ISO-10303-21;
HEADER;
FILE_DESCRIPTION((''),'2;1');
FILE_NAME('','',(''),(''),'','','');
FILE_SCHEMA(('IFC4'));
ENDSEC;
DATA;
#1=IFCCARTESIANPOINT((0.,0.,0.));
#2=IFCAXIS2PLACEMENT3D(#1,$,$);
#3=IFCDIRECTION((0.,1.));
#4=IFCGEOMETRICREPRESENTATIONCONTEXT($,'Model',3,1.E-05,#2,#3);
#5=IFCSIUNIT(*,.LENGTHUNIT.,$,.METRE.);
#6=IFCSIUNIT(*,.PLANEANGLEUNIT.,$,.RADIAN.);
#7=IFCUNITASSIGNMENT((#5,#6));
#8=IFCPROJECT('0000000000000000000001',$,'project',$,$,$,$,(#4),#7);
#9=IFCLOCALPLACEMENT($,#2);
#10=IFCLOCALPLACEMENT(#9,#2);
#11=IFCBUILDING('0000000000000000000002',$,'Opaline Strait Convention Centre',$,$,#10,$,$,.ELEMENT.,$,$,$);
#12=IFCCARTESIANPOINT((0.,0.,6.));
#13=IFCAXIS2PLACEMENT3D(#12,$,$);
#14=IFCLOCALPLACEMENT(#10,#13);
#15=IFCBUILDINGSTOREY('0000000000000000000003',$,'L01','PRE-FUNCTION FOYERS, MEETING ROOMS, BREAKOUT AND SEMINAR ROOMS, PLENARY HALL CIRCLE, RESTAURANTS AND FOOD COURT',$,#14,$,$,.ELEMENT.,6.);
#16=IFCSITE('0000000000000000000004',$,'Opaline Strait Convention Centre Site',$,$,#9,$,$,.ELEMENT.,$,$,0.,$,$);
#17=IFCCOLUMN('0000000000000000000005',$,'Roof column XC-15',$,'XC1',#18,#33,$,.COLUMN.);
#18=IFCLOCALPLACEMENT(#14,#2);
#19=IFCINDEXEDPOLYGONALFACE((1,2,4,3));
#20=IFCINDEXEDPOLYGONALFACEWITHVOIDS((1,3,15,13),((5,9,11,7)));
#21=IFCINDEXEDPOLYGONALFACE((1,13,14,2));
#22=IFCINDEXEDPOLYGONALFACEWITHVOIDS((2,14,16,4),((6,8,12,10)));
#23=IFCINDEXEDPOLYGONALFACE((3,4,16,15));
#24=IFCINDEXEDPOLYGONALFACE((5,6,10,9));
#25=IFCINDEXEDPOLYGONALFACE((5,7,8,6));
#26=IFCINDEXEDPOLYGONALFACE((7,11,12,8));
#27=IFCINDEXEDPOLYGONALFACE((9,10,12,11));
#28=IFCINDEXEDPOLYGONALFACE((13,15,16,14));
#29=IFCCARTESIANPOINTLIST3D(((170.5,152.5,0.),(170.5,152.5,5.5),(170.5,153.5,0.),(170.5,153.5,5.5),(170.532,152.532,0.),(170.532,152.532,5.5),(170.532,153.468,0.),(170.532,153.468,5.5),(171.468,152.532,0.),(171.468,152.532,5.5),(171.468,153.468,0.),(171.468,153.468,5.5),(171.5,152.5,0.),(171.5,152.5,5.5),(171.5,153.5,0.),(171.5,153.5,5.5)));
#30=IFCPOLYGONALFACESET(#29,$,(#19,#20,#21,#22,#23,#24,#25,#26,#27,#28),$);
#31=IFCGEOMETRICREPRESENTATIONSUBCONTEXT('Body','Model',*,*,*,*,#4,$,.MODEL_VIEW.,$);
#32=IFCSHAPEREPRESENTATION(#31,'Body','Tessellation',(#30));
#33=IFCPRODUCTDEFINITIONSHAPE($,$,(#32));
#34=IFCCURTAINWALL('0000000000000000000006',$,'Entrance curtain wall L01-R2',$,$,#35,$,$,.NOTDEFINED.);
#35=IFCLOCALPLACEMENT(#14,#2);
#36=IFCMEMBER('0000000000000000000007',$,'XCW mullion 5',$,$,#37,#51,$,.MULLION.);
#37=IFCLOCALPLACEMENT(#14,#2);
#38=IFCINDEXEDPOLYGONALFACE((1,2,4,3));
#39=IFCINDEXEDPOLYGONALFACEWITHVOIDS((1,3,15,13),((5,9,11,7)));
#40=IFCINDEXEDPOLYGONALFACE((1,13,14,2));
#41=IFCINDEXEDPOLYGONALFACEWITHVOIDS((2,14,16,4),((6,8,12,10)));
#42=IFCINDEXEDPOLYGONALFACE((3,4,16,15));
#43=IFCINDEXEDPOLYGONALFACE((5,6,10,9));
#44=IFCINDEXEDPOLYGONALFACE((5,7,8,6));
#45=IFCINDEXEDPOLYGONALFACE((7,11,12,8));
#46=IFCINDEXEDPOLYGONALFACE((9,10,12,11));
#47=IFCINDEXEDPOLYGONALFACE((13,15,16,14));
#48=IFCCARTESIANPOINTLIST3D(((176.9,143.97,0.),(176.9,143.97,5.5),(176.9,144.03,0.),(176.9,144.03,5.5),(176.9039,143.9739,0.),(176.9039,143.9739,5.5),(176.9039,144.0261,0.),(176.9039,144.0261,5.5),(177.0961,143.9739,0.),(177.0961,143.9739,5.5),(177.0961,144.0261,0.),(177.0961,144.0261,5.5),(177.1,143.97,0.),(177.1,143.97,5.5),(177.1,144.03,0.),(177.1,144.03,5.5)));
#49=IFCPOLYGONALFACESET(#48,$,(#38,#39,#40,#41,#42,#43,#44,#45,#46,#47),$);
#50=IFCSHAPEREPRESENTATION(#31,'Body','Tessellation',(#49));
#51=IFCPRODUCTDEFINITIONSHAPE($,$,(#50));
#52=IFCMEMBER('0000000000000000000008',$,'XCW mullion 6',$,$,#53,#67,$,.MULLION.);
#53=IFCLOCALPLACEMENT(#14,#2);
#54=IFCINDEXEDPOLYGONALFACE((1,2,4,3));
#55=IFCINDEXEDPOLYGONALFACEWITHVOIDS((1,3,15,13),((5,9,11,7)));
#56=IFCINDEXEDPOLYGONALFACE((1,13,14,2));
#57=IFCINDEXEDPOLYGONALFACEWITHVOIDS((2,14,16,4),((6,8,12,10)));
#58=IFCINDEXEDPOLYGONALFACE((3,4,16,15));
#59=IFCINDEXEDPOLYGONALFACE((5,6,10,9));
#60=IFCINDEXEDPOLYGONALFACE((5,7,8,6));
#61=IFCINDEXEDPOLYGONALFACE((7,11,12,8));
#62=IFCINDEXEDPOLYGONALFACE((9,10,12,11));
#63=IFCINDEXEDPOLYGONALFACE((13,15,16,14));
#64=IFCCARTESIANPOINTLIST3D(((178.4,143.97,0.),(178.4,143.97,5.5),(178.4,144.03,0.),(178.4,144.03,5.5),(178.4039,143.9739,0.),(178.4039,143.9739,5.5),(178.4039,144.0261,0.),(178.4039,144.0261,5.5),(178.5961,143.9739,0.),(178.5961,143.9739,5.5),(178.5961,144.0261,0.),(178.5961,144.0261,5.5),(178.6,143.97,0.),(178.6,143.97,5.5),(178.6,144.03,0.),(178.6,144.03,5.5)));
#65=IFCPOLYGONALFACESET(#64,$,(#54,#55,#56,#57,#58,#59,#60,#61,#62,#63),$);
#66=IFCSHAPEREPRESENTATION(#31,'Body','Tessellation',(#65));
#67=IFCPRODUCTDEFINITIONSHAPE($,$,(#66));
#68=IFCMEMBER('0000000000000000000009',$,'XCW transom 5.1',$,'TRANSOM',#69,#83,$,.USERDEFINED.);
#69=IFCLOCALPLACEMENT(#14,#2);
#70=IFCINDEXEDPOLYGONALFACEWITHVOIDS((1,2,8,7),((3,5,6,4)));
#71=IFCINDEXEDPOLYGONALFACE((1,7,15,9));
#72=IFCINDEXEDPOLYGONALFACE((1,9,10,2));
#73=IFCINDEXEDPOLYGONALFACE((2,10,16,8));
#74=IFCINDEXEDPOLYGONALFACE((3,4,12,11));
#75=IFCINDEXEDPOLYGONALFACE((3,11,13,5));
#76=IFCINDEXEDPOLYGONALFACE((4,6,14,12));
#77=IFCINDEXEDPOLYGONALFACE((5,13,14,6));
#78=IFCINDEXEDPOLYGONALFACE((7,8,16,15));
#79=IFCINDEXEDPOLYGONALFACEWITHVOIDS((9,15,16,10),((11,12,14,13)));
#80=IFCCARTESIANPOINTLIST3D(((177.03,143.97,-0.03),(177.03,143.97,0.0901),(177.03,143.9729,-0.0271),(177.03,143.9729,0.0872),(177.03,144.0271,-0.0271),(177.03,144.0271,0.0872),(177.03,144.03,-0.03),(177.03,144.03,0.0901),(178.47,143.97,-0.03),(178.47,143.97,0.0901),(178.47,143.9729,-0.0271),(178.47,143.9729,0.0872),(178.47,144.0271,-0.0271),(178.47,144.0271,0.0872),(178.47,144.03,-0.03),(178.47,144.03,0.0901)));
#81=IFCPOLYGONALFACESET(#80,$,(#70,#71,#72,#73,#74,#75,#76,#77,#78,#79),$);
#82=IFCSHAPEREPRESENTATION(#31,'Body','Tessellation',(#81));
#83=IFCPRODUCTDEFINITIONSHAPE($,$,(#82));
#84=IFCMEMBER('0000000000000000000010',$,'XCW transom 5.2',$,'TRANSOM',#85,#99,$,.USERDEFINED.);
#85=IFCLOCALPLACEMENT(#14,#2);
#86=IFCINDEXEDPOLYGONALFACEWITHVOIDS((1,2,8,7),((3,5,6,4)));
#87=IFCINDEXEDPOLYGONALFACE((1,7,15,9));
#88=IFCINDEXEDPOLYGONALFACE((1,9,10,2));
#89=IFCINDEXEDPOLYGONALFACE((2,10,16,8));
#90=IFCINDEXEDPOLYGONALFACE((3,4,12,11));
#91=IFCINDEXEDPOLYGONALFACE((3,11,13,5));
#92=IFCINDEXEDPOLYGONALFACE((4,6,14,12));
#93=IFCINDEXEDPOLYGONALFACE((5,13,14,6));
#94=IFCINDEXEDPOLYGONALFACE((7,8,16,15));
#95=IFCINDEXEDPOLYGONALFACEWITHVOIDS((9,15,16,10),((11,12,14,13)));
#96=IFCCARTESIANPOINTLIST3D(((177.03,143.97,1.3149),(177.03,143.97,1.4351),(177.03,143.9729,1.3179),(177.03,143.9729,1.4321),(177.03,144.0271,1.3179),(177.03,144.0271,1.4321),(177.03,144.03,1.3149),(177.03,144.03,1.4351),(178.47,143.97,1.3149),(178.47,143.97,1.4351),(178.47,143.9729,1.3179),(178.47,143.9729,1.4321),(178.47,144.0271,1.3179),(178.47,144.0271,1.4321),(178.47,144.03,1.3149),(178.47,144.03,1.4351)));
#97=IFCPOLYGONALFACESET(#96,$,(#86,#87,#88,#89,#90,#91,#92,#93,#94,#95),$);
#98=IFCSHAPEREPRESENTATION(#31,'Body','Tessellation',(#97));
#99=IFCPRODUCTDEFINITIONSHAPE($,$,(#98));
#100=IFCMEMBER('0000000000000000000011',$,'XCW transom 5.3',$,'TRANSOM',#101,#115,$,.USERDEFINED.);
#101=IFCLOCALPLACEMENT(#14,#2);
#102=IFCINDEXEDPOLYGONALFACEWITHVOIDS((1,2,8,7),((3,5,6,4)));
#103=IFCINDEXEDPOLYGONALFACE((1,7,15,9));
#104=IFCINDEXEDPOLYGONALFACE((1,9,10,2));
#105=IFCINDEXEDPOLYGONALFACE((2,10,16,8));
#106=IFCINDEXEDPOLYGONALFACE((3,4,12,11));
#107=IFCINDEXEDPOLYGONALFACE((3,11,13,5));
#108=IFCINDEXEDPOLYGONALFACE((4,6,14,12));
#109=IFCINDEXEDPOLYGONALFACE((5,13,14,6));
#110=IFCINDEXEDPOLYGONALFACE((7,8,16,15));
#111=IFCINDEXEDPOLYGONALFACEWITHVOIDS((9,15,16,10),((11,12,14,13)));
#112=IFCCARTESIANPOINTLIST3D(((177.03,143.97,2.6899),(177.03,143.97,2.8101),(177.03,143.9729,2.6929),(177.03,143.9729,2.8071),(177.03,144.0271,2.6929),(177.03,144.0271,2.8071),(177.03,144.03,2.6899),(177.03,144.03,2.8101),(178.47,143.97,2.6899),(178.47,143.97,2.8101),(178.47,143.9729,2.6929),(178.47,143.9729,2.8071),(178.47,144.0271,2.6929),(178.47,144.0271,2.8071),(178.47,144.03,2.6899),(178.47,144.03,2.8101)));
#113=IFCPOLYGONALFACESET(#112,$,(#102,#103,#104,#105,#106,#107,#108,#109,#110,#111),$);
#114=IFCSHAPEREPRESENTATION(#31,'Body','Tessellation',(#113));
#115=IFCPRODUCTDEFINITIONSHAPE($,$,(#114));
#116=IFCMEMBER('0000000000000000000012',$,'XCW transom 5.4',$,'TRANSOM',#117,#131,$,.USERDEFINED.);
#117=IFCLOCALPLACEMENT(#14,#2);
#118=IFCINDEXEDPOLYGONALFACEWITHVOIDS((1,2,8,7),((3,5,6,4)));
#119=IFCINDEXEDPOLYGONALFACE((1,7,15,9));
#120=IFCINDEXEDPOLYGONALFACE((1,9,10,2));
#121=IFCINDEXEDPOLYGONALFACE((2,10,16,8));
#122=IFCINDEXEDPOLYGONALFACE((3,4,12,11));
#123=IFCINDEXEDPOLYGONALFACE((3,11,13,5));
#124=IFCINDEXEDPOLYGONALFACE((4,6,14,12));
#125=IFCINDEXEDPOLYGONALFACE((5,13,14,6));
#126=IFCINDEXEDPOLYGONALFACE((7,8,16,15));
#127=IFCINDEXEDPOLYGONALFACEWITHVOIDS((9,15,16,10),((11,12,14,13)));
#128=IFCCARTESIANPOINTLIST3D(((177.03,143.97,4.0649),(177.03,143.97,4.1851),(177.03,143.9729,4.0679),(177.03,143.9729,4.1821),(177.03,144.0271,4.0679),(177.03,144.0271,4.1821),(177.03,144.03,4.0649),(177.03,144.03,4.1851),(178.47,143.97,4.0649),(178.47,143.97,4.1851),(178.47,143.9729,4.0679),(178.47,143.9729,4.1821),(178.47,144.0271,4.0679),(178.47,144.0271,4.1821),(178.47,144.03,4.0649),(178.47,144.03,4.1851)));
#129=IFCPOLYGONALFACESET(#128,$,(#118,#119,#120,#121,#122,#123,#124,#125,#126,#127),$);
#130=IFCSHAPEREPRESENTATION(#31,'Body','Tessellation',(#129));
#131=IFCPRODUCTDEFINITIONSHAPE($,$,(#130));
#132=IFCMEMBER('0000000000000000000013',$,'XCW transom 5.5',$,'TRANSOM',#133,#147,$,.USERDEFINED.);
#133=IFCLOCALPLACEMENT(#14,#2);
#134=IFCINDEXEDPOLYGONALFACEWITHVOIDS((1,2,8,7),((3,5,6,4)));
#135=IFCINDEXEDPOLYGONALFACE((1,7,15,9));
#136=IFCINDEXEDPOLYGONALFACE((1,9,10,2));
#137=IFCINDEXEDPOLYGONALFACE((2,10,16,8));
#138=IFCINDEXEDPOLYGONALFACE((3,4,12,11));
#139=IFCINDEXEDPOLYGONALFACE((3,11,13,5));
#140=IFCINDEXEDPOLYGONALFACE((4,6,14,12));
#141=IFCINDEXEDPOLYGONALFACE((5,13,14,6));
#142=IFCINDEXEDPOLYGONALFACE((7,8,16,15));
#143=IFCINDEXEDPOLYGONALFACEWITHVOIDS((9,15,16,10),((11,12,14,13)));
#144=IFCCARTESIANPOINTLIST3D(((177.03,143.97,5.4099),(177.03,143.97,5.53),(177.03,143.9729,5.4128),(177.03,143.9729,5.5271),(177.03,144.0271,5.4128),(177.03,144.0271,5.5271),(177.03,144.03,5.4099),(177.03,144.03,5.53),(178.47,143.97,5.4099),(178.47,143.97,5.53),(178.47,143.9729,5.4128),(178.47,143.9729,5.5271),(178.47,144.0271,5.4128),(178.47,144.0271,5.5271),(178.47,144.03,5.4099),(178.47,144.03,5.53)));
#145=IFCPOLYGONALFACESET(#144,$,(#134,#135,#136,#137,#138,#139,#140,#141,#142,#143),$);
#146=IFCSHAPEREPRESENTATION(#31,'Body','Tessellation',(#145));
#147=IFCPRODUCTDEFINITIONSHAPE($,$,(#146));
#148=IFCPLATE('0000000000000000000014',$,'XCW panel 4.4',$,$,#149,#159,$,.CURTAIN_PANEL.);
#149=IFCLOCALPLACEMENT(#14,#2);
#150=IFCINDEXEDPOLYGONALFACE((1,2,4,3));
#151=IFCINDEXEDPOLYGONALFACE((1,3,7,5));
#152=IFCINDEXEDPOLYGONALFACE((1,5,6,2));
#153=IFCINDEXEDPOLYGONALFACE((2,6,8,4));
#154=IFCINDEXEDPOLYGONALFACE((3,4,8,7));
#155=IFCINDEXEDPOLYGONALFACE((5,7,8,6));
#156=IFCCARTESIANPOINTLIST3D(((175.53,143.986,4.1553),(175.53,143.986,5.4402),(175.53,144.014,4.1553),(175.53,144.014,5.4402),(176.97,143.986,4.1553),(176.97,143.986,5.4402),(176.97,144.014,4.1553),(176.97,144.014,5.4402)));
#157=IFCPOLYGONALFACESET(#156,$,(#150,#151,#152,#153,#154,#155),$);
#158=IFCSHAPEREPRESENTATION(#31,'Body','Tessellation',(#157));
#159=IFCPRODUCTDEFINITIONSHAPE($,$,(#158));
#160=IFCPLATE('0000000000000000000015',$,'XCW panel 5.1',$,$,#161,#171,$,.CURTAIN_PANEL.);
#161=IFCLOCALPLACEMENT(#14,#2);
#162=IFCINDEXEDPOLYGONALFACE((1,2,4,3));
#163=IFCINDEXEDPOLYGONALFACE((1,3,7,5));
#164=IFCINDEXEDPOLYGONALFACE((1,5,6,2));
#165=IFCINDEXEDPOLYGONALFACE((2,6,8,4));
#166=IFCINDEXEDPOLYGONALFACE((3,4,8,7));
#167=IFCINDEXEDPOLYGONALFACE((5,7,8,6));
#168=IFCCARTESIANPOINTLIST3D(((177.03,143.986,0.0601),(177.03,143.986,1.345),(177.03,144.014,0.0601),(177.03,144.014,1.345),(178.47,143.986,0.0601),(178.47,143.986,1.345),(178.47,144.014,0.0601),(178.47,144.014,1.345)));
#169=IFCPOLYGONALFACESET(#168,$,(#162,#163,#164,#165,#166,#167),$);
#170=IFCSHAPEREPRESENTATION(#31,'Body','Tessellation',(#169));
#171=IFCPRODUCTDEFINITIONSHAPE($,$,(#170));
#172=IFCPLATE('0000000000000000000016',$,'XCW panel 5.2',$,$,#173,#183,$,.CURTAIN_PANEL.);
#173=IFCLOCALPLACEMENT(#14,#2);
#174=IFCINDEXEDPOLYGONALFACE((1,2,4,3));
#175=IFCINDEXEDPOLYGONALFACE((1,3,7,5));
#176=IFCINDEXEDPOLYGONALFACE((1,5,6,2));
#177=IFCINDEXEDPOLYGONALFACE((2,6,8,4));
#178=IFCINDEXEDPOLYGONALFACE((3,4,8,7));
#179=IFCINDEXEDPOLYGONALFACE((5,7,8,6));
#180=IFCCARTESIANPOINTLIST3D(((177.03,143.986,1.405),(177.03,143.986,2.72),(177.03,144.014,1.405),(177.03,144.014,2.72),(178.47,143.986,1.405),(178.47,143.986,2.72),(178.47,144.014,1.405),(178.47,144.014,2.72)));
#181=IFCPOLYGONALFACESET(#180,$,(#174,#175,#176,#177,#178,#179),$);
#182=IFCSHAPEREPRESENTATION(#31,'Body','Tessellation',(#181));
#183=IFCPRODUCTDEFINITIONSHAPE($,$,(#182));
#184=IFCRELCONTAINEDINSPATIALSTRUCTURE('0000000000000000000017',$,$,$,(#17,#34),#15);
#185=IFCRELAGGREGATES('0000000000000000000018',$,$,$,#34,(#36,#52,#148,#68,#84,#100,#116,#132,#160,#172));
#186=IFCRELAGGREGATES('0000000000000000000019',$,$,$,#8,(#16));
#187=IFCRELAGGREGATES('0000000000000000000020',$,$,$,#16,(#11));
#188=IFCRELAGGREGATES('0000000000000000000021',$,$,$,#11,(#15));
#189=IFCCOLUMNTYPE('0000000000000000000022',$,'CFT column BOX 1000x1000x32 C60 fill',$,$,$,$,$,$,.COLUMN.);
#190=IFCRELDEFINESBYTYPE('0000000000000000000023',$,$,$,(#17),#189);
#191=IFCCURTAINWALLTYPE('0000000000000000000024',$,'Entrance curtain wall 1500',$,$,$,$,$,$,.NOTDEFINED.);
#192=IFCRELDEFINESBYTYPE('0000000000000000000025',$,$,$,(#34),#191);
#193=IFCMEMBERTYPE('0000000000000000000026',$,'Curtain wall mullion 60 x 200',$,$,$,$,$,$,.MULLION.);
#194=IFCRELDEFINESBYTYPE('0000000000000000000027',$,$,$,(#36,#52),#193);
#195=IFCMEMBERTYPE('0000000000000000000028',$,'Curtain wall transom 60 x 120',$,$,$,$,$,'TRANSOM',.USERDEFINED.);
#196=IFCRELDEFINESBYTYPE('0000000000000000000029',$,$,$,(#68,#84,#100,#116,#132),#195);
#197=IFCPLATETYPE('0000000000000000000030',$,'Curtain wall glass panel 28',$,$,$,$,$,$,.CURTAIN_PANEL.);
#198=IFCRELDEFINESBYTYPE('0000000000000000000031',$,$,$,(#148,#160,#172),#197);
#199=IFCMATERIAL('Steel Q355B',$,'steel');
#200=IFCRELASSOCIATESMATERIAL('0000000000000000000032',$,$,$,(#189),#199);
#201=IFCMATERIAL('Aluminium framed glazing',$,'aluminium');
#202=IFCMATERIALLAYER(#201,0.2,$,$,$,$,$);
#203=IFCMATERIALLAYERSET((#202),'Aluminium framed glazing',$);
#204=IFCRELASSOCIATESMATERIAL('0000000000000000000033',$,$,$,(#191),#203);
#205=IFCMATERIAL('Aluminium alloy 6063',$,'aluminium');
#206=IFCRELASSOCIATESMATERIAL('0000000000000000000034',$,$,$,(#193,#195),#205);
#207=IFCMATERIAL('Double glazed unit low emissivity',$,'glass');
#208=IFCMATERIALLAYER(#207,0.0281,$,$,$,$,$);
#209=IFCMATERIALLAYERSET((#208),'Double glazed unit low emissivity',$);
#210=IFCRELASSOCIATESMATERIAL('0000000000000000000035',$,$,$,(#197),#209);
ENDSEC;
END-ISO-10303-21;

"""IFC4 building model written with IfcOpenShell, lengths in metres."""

from ifc_helpers import new_model, si_unit, direction, frame, origin, origin_2d, place, context, subcontext, project, spatial, rectangle, hollow_rectangle, extrude, material, layer, layer_set, material_profile, profile_set, type_object, element, aggregate, save


model = new_model("IFC4")

# Units and contexts
model_context = context("Model", 3, precision=1e-05, world=origin(), true_north=direction((0.0, 1.0)))
body_context = subcontext(model_context, "Body", "Model", "MODEL_VIEW")
ifc_project = project(units=[si_unit("LENGTHUNIT", "METRE"), si_unit("PLANEANGLEUNIT", "RADIAN")], contexts=[model_context])

# Site, building, storey
site_placement = place(None, origin())
site = spatial("IfcSite", under=ifc_project, at=site_placement, Name="Opaline Strait Convention Centre Site", CompositionType="ELEMENT", RefElevation=0.0)
building_placement = place(site_placement, origin())
building = spatial("IfcBuilding", under=site, at=building_placement, Name="Opaline Strait Convention Centre", CompositionType="ELEMENT")
storey_placement = place(building_placement, frame((0.0, 0.0, 6.0)))
storey = spatial("IfcBuildingStorey", under=building, at=storey_placement, Name="L01", Description="PRE-FUNCTION FOYERS, MEETING ROOMS, BREAKOUT AND SEMINAR ROOMS, PLENARY HALL CIRCLE, RESTAURANTS AND FOOD COURT", CompositionType="ELEMENT", Elevation=6.0)

# Column
ifc_material_1 = material(Name="Steel Q355B", Category="steel")
ifc_material_profile_1 = material_profile(ifc_material_1, hollow_rectangle(XDim=1.0, YDim=1.0, WallThickness=0.032, at=origin_2d()), Name="BOX 1000x1000x32")
ifc_profile_set_1 = profile_set([ifc_material_profile_1], Name="Steel Q355B")
column_type = type_object("IfcColumnType", Name="CFT column BOX 1000x1000x32 C60 fill", PredefinedType="COLUMN", material=ifc_profile_set_1)
column_placement = place(storey_placement, frame((171.0, 153.0, 0.0), z_axis=(0.0, 0.0, 1.0), x_axis=(1.0, 0.0, 0.0)))
element("IfcColumn", 1, at=column_placement, inside=storey, type_object=column_type, Name="Roof column XC-15", ObjectType="XC1", PredefinedType="COLUMN", context=body_context, shape_type="SweptSolid", body=[
    extrude(hollow_rectangle(XDim=1.0, YDim=1.0, WallThickness=0.032, at=origin_2d()), origin(), (0.0, 0.0, 1.0), 5.5),
])

# Curtain wall, members, plates
ifc_material_2 = material(Name="Aluminium framed glazing", Category="aluminium")
ifc_layer_1 = layer(ifc_material_2, 0.2)
ifc_layer_set_1 = layer_set([ifc_layer_1], Name="Aluminium framed glazing")
curtain_wall_type = type_object("IfcCurtainWallType", Name="Entrance curtain wall 1500", PredefinedType="NOTDEFINED", material=ifc_layer_set_1)
curtain_wall_placement = place(storey_placement, origin())
curtain_wall = element("IfcCurtainWall", 2, at=curtain_wall_placement, inside=storey, type_object=curtain_wall_type, Name="Entrance curtain wall L01-R2", PredefinedType="NOTDEFINED")
ifc_material_3 = material(Name="Aluminium alloy 6063", Category="aluminium")
ifc_material_profile_2 = material_profile(ifc_material_3, hollow_rectangle(XDim=0.0601, YDim=0.2, WallThickness=0.0039, at=origin_2d()), Name="MULLION 60x200x4")
ifc_profile_set_2 = profile_set([ifc_material_profile_2], Name="Aluminium alloy 6063")
member_type_1 = type_object("IfcMemberType", Name="Curtain wall mullion 60 x 200", PredefinedType="MULLION", material=ifc_profile_set_2)
member_1_placement = place(storey_placement, frame((177.0, 144.0, 0.0), z_axis=(0.0, 0.0, 1.0), x_axis=(0.0, 1.0, 0.0)))
member_1 = element("IfcMember", 3, at=member_1_placement, type_object=member_type_1, Name="XCW mullion 5", PredefinedType="MULLION", context=body_context, shape_type="SweptSolid", body=[
    extrude(hollow_rectangle(XDim=0.0601, YDim=0.2, WallThickness=0.0039, at=origin_2d()), origin(), (0.0, 0.0, 1.0), 5.5),
])
member_2_placement = place(storey_placement, frame((178.5, 144.0, 0.0), z_axis=(0.0, 0.0, 1.0), x_axis=(0.0, 1.0, 0.0)))
member_2 = element("IfcMember", 4, at=member_2_placement, type_object=member_type_1, Name="XCW mullion 6", PredefinedType="MULLION", context=body_context, shape_type="SweptSolid", body=[
    extrude(hollow_rectangle(XDim=0.0601, YDim=0.2, WallThickness=0.0039, at=origin_2d()), origin(), (0.0, 0.0, 1.0), 5.5),
])
ifc_material_profile_3 = material_profile(ifc_material_3, hollow_rectangle(XDim=0.0601, YDim=0.1201, WallThickness=0.0029, at=origin_2d()), Name="TRANSOM 60x120x3")
ifc_profile_set_3 = profile_set([ifc_material_profile_3], Name="Aluminium alloy 6063")
member_type_2 = type_object("IfcMemberType", Name="Curtain wall transom 60 x 120", ElementType="TRANSOM", PredefinedType="USERDEFINED", material=ifc_profile_set_3)
member_3_placement = place(storey_placement, frame((177.03, 144.0, 0.03), z_axis=(1.0, 0.0, 0.0), x_axis=(0.0, 1.0, 0.0)))
member_3 = element("IfcMember", 5, at=member_3_placement, type_object=member_type_2, Name="XCW transom 5.1", ObjectType="TRANSOM", PredefinedType="USERDEFINED", context=body_context, shape_type="SweptSolid", body=[
    extrude(hollow_rectangle(XDim=0.0601, YDim=0.1201, WallThickness=0.0029, at=origin_2d()), origin(), (0.0, 0.0, 1.0), 1.4399),
])
member_4_placement = place(storey_placement, frame((177.03, 144.0, 1.375), z_axis=(1.0, 0.0, 0.0), x_axis=(0.0, 1.0, 0.0)))
member_4 = element("IfcMember", 6, at=member_4_placement, type_object=member_type_2, Name="XCW transom 5.2", ObjectType="TRANSOM", PredefinedType="USERDEFINED", context=body_context, shape_type="SweptSolid", body=[
    extrude(hollow_rectangle(XDim=0.0601, YDim=0.1201, WallThickness=0.0029, at=origin_2d()), origin(), (0.0, 0.0, 1.0), 1.4399),
])
member_5_placement = place(storey_placement, frame((177.03, 144.0, 2.75), z_axis=(1.0, 0.0, 0.0), x_axis=(0.0, 1.0, 0.0)))
member_5 = element("IfcMember", 7, at=member_5_placement, type_object=member_type_2, Name="XCW transom 5.3", ObjectType="TRANSOM", PredefinedType="USERDEFINED", context=body_context, shape_type="SweptSolid", body=[
    extrude(hollow_rectangle(XDim=0.0601, YDim=0.1201, WallThickness=0.0029, at=origin_2d()), origin(), (0.0, 0.0, 1.0), 1.4399),
])
member_6_placement = place(storey_placement, frame((177.03, 144.0, 4.125), z_axis=(1.0, 0.0, 0.0), x_axis=(0.0, 1.0, 0.0)))
member_6 = element("IfcMember", 8, at=member_6_placement, type_object=member_type_2, Name="XCW transom 5.4", ObjectType="TRANSOM", PredefinedType="USERDEFINED", context=body_context, shape_type="SweptSolid", body=[
    extrude(hollow_rectangle(XDim=0.0601, YDim=0.1201, WallThickness=0.0029, at=origin_2d()), origin(), (0.0, 0.0, 1.0), 1.4399),
])
member_7_placement = place(storey_placement, frame((177.03, 144.0, 5.47), z_axis=(1.0, 0.0, 0.0), x_axis=(0.0, 1.0, 0.0)))
member_7 = element("IfcMember", 9, at=member_7_placement, type_object=member_type_2, Name="XCW transom 5.5", ObjectType="TRANSOM", PredefinedType="USERDEFINED", context=body_context, shape_type="SweptSolid", body=[
    extrude(hollow_rectangle(XDim=0.0601, YDim=0.1201, WallThickness=0.0029, at=origin_2d()), origin(), (0.0, 0.0, 1.0), 1.4399),
])
ifc_material_4 = material(Name="Double glazed unit low emissivity", Category="glass")
ifc_layer_2 = layer(ifc_material_4, 0.0281)
ifc_layer_set_2 = layer_set([ifc_layer_2], Name="Double glazed unit low emissivity")
plate_type = type_object("IfcPlateType", Name="Curtain wall glass panel 28", PredefinedType="CURTAIN_PANEL", material=ifc_layer_set_2)
plate_1_placement = place(storey_placement, frame((176.25, 144.0, 4.1553), z_axis=(0.0, 0.0, 1.0), x_axis=(1.0, 0.0, 0.0)))
plate_1 = element("IfcPlate", 10, at=plate_1_placement, type_object=plate_type, Name="XCW panel 4.4", PredefinedType="CURTAIN_PANEL", context=body_context, shape_type="SweptSolid", body=[
    extrude(rectangle(XDim=1.4399, YDim=0.0281, at=origin_2d()), origin(), (0.0, 0.0, 1.0), 1.2849),
])
plate_2_placement = place(storey_placement, frame((177.75, 144.0, 0.0601), z_axis=(0.0, 0.0, 1.0), x_axis=(1.0, 0.0, 0.0)))
plate_2 = element("IfcPlate", 11, at=plate_2_placement, type_object=plate_type, Name="XCW panel 5.1", PredefinedType="CURTAIN_PANEL", context=body_context, shape_type="SweptSolid", body=[
    extrude(rectangle(XDim=1.4399, YDim=0.0281, at=origin_2d()), origin(), (0.0, 0.0, 1.0), 1.2849),
])
plate_3_placement = place(storey_placement, frame((177.75, 144.0, 1.405), z_axis=(0.0, 0.0, 1.0), x_axis=(1.0, 0.0, 0.0)))
plate_3 = element("IfcPlate", 12, at=plate_3_placement, type_object=plate_type, Name="XCW panel 5.2", PredefinedType="CURTAIN_PANEL", context=body_context, shape_type="SweptSolid", body=[
    extrude(rectangle(XDim=1.4399, YDim=0.0281, at=origin_2d()), origin(), (0.0, 0.0, 1.0), 1.3149),
])
aggregate(curtain_wall, [member_1, member_2, plate_1, member_3, member_4, member_5, member_6, member_7, plate_2, plate_3])

save(model, "model.ifc")
